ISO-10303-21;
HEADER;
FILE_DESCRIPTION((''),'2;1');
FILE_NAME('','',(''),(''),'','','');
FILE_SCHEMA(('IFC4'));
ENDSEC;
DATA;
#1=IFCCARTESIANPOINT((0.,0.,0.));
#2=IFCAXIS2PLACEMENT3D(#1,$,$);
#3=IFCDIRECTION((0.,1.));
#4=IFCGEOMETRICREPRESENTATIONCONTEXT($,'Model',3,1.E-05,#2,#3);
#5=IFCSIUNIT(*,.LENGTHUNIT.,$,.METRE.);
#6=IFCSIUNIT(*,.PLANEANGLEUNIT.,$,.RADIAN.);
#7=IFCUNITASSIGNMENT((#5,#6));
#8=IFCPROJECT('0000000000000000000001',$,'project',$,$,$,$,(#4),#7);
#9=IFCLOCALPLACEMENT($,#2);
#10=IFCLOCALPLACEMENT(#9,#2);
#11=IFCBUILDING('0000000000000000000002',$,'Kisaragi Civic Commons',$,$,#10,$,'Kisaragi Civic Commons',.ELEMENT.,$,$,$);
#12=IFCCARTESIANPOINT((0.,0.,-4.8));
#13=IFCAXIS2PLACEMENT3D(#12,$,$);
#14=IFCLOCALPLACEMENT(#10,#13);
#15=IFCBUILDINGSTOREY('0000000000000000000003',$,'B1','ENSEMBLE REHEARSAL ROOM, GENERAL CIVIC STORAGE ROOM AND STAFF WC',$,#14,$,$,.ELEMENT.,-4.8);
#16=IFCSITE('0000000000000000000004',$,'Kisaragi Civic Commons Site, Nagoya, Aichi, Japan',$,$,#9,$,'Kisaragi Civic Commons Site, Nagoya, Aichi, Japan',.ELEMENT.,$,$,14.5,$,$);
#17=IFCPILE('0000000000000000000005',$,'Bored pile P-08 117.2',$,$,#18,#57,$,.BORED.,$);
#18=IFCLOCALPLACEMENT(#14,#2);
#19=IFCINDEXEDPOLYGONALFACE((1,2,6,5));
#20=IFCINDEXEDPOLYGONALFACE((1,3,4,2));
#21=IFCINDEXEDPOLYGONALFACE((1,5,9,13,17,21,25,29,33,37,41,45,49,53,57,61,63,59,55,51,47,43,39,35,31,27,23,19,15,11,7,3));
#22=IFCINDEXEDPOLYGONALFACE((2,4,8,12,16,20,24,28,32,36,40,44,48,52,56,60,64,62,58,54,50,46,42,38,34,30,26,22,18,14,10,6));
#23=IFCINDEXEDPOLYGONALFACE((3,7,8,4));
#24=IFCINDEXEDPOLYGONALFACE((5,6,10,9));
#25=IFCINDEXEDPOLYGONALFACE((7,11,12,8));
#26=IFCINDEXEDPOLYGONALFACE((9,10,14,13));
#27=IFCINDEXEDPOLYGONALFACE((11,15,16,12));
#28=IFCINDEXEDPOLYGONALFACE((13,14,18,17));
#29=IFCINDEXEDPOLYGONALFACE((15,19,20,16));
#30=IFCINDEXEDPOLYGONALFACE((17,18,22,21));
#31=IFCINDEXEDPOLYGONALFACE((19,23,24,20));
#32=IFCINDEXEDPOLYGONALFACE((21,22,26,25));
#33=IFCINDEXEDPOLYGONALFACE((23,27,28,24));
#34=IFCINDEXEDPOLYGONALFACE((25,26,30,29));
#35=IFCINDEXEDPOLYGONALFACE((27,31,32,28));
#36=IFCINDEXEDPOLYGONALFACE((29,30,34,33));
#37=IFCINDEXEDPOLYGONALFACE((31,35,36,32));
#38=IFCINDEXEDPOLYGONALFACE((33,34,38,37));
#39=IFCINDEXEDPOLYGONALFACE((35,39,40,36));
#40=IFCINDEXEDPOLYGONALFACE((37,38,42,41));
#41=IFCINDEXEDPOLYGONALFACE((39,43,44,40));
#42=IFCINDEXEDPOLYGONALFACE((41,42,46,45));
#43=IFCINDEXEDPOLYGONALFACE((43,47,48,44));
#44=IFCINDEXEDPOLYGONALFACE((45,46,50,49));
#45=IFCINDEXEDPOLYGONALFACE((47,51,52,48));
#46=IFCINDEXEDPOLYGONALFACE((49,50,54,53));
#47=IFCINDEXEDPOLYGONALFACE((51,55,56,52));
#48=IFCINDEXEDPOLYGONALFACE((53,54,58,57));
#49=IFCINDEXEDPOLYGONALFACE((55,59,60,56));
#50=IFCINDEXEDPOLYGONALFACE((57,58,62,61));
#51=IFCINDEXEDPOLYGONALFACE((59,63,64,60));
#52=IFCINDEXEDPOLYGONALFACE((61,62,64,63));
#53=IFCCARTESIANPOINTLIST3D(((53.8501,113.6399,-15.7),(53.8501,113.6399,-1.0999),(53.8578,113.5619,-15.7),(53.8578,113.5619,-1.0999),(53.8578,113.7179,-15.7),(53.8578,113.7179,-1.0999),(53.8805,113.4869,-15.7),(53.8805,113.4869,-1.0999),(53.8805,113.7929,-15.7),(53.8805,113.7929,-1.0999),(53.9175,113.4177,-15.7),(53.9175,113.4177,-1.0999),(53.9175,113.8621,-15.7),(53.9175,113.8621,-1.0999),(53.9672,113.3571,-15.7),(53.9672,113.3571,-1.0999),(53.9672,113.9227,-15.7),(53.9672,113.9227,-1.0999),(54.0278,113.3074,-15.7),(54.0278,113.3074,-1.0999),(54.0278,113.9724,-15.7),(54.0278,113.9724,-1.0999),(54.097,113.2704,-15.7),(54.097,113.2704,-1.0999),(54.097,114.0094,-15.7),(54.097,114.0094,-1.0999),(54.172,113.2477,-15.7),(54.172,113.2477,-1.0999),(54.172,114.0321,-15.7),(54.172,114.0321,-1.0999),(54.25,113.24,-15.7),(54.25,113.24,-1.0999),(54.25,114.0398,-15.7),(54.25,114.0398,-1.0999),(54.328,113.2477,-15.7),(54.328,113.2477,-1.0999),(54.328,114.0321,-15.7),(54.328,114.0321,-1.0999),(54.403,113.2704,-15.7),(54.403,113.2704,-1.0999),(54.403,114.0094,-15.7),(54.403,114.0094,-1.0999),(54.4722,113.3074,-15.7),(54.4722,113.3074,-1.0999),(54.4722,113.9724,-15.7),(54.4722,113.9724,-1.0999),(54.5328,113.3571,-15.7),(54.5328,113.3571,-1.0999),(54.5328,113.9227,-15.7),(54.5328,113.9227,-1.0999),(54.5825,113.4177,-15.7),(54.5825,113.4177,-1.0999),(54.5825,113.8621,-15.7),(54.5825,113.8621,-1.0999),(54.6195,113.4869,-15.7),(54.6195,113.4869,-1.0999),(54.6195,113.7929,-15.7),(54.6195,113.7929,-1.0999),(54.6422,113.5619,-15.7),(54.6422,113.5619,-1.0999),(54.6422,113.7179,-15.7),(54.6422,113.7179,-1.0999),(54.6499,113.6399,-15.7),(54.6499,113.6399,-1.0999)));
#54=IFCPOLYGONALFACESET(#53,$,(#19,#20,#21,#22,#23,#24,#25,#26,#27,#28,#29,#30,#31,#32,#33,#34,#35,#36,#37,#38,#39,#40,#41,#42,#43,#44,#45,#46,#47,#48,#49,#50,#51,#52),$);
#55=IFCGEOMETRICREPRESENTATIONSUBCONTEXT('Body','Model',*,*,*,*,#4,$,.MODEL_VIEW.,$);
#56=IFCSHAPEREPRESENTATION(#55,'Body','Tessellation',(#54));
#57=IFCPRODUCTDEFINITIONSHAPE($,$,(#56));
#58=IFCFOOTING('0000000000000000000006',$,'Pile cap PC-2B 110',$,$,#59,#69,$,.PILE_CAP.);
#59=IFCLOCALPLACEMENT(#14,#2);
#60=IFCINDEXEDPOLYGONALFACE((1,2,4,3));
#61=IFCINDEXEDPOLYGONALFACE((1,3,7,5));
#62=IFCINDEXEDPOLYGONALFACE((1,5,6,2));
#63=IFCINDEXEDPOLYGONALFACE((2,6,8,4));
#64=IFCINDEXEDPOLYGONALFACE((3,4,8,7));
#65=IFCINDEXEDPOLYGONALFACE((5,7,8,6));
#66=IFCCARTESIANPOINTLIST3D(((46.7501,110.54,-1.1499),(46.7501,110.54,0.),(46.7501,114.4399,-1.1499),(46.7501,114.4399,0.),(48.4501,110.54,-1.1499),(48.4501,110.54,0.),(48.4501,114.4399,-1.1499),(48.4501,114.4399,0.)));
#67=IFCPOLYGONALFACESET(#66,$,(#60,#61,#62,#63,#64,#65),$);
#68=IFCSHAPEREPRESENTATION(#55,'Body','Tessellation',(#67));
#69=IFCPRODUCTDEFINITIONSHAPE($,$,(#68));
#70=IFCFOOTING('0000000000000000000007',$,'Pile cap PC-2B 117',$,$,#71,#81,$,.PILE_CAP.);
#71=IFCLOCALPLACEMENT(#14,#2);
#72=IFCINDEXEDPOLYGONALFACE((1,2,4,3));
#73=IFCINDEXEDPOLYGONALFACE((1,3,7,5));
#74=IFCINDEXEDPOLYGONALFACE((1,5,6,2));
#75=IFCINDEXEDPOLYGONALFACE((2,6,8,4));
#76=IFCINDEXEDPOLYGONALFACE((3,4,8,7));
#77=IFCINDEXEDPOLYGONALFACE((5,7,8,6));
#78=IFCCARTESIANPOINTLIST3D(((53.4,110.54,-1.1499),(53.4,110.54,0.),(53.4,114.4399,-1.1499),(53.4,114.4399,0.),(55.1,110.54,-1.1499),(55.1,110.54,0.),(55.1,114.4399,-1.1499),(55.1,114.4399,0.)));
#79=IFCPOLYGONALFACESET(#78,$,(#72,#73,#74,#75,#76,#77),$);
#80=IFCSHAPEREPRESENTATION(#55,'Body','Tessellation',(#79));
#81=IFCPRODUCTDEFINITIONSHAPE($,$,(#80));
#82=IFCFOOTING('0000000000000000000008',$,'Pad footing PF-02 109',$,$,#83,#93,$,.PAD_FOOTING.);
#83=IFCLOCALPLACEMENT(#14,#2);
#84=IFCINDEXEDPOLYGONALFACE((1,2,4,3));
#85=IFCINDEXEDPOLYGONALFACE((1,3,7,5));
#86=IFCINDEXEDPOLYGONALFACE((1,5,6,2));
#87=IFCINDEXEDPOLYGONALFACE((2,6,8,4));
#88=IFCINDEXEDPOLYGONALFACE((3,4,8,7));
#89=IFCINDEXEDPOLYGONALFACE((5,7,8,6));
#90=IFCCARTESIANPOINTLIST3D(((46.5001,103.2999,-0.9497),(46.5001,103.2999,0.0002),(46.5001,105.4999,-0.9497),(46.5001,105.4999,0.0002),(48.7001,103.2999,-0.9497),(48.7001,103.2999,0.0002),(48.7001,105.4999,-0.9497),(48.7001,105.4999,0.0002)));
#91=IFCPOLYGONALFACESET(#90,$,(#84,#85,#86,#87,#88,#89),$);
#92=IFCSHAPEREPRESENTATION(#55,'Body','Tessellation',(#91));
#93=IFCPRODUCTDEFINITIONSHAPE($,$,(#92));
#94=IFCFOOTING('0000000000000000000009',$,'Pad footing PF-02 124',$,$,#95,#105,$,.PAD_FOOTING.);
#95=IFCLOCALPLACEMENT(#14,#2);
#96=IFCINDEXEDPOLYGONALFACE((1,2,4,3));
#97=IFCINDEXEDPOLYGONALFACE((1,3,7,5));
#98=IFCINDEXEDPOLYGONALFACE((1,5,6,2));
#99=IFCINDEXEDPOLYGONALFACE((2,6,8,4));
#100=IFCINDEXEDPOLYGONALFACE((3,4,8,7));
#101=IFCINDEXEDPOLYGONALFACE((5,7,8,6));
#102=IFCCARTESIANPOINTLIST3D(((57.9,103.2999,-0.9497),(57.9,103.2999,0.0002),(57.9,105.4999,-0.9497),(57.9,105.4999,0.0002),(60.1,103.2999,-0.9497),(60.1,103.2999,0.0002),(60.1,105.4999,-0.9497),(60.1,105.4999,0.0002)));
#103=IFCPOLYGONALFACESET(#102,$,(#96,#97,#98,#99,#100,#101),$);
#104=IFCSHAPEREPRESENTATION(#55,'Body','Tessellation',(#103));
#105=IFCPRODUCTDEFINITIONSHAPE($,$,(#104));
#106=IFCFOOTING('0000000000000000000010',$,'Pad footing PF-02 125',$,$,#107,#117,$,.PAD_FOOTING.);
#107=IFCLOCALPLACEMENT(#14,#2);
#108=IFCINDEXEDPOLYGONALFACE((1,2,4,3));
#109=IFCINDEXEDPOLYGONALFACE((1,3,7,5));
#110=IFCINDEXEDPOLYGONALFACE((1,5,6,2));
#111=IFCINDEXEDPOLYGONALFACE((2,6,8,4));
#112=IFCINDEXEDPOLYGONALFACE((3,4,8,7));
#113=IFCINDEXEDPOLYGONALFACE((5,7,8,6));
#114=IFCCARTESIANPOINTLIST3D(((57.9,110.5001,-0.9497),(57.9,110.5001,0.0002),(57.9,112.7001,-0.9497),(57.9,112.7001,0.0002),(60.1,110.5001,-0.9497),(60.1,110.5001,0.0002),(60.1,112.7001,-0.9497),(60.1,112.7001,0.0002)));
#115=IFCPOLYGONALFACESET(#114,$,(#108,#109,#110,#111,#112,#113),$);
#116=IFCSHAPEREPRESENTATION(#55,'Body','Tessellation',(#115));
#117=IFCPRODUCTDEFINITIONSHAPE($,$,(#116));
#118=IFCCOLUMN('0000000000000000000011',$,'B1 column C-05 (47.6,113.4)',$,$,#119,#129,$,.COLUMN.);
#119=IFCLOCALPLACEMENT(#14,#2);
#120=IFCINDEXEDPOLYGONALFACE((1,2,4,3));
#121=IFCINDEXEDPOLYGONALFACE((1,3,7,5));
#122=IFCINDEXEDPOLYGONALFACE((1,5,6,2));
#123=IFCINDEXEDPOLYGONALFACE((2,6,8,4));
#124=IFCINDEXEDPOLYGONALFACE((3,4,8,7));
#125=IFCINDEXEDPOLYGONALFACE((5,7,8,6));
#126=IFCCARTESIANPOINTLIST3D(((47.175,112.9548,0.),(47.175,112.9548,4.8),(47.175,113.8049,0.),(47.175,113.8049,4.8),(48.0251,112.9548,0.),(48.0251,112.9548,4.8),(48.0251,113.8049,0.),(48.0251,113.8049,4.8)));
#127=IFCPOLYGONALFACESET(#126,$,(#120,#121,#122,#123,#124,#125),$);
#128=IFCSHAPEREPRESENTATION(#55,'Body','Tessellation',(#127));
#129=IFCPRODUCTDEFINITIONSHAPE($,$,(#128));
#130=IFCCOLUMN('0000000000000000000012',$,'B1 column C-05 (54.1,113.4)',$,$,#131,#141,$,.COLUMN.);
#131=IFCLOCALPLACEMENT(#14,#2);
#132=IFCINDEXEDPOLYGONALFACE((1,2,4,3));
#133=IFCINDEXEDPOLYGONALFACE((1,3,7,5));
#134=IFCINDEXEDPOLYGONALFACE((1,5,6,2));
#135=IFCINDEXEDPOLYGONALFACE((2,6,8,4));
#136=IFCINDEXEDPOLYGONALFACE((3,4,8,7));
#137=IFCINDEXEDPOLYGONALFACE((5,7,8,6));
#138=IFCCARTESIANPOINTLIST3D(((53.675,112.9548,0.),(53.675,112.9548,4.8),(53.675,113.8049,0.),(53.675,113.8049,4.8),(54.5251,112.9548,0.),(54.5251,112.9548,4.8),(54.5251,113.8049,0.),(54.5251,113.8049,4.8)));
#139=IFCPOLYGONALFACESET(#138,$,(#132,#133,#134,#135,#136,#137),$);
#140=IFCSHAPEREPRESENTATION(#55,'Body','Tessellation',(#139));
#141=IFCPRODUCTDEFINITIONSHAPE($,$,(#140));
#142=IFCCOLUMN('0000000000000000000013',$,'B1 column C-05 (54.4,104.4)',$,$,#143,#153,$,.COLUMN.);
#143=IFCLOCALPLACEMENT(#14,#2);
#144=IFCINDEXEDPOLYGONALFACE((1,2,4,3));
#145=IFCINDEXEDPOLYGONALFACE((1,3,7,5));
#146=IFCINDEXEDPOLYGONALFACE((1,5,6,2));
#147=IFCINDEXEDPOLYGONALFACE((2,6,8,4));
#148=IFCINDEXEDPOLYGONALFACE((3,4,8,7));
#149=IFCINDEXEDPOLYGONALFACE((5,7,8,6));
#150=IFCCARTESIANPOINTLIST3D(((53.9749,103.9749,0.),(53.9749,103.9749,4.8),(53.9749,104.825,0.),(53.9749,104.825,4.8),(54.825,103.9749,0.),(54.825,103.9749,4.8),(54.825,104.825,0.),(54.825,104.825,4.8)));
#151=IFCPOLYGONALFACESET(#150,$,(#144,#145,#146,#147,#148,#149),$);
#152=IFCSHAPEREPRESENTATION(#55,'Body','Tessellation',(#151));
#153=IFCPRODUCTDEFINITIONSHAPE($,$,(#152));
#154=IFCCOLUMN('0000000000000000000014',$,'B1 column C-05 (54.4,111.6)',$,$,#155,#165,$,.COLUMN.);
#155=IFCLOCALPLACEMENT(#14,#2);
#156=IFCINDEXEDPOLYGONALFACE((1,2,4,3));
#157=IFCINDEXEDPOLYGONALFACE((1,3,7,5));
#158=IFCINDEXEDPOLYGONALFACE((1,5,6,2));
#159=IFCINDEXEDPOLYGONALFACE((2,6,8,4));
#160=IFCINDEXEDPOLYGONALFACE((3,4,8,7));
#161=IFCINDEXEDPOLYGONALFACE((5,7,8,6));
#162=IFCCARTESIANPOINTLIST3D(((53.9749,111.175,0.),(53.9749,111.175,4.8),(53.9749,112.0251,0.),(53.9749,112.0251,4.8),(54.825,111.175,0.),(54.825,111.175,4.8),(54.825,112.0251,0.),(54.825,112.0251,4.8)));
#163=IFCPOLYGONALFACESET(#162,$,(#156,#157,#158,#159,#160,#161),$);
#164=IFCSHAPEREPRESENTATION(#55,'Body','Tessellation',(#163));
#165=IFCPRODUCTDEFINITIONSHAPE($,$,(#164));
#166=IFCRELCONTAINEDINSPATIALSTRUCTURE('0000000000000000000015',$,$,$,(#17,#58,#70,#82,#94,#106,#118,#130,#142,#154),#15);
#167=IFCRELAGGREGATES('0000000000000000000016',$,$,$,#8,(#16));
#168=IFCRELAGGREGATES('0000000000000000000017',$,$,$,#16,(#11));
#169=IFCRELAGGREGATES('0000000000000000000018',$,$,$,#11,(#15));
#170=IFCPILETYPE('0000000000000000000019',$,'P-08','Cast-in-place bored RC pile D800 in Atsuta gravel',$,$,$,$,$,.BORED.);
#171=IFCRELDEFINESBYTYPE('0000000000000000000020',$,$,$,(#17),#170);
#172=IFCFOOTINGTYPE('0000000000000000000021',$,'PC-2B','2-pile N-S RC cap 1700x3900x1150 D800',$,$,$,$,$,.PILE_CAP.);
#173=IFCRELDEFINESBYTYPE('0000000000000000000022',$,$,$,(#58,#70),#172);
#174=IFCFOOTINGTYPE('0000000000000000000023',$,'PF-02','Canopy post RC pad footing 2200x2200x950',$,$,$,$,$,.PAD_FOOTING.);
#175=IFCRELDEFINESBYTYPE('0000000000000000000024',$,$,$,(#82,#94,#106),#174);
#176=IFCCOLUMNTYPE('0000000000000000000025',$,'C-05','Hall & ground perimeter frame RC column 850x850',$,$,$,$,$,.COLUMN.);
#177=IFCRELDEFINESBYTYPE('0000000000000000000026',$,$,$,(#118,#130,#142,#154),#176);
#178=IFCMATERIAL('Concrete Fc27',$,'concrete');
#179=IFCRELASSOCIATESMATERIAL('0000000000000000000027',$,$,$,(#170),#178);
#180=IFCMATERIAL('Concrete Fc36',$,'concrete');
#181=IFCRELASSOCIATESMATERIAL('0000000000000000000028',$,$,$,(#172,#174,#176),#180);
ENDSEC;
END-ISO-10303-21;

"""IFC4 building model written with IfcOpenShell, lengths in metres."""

from ifc_helpers import new_model, si_unit, direction, frame, origin, origin_2d, place, context, subcontext, project, spatial, rectangle, circle, extrude, material, material_profile, profile_set, type_object, element, save


model = new_model("IFC4")

# Units and contexts
model_context = context("Model", 3, precision=1e-05, world=origin(), true_north=direction((0.0, 1.0)))
body_context = subcontext(model_context, "Body", "Model", "MODEL_VIEW")
ifc_project = project(units=[si_unit("LENGTHUNIT", "METRE"), si_unit("PLANEANGLEUNIT", "RADIAN")], contexts=[model_context])

# Site, building, storey
site_placement = place(None, origin())
site = spatial("IfcSite", under=ifc_project, at=site_placement, Name="Kisaragi Civic Commons Site, Nagoya, Aichi, Japan", LongName="Kisaragi Civic Commons Site, Nagoya, Aichi, Japan", CompositionType="ELEMENT", RefElevation=14.5)
building_placement = place(site_placement, origin())
building = spatial("IfcBuilding", under=site, at=building_placement, Name="Kisaragi Civic Commons", LongName="Kisaragi Civic Commons", CompositionType="ELEMENT")
storey_placement = place(building_placement, frame((0.0, 0.0, -4.8)))
storey = spatial("IfcBuildingStorey", under=building, at=storey_placement, Name="B1", Description="ENSEMBLE REHEARSAL ROOM, GENERAL CIVIC STORAGE ROOM AND STAFF WC", CompositionType="ELEMENT", Elevation=-4.8)

# Shared definitions
ifc_material_1 = material(Name="Concrete Fc27", Category="concrete")

# Pile
ifc_material_profile_1 = material_profile(ifc_material_1, circle(Radius=0.3999, at=origin_2d()), Name="PILE-D800", Category="concrete")
ifc_profile_set_1 = profile_set([ifc_material_profile_1], Name="Concrete Fc27")
pile_type = type_object("IfcPileType", Name="P-08", Description="Cast-in-place bored RC pile D800 in Atsuta gravel", PredefinedType="BORED", material=ifc_profile_set_1)
for number, where, z_axis, x_axis, name in (
    (1, (54.25, 113.6399, -1.0999), (0.0, 0.0, -1.0), (1.0, 0.0, 0.0), "Bored pile P-08 117.2"),
):
    element("IfcPile", number, at=place(storey_placement, frame(where, z_axis=z_axis, x_axis=x_axis)), inside=storey, type_object=pile_type, Name=name, PredefinedType="BORED", context=body_context, shape_type="SweptSolid", body=[
        extrude(circle(Radius=0.3999, at=origin_2d()), origin(), (0.0, 0.0, 1.0), 14.6001),
    ])

# Footings
ifc_material_2 = material(Name="Concrete Fc36", Category="concrete")
footing_type_1 = type_object("IfcFootingType", Name="PC-2B", Description="2-pile N-S RC cap 1700x3900x1150 D800", PredefinedType="PILE_CAP", material=ifc_material_2)
for number, where, z_axis, x_axis, name in (
    (2, (47.6001, 112.49, -1.1499), (0.0, 0.0, 1.0), (1.0, 0.0, 0.0), "Pile cap PC-2B 110"),
    (3, (54.25, 112.49, -1.1499), (0.0, 0.0, 1.0), (1.0, 0.0, 0.0), "Pile cap PC-2B 117"),
):
    element("IfcFooting", number, at=place(storey_placement, frame(where, z_axis=z_axis, x_axis=x_axis)), inside=storey, type_object=footing_type_1, Name=name, PredefinedType="PILE_CAP", context=body_context, shape_type="SweptSolid", body=[
        extrude(rectangle(XDim=1.7, YDim=3.8999, at=origin_2d()), origin(), (0.0, 0.0, 1.0), 1.1499),
    ])
footing_type_2 = type_object("IfcFootingType", Name="PF-02", Description="Canopy post RC pad footing 2200x2200x950", PredefinedType="PAD_FOOTING", material=ifc_material_2)
for number, where, z_axis, x_axis, name in (
    (4, (47.6001, 104.3999, -0.9497), (0.0, 0.0, 1.0), (1.0, 0.0, 0.0), "Pad footing PF-02 109"),
    (5, (59.0, 104.3999, -0.9497), (0.0, 0.0, 1.0), (1.0, 0.0, 0.0), "Pad footing PF-02 124"),
    (6, (59.0, 111.6001, -0.9497), (0.0, 0.0, 1.0), (1.0, 0.0, 0.0), "Pad footing PF-02 125"),
):
    element("IfcFooting", number, at=place(storey_placement, frame(where, z_axis=z_axis, x_axis=x_axis)), inside=storey, type_object=footing_type_2, Name=name, PredefinedType="PAD_FOOTING", context=body_context, shape_type="SweptSolid", body=[
        extrude(rectangle(XDim=2.2, YDim=2.2, at=origin_2d()), origin(), (0.0, 0.0, 1.0), 0.95),
    ])

# Columns
ifc_material_profile_2 = material_profile(ifc_material_2, rectangle(XDim=0.8501, YDim=0.8501, at=origin_2d()), Name="RC-850x850", Category="concrete")
ifc_profile_set_2 = profile_set([ifc_material_profile_2], Name="Concrete Fc36")
column_type_1 = type_object("IfcColumnType", Name="C-05", Description="Hall & ground perimeter frame RC column 850x850", PredefinedType="COLUMN", material=ifc_profile_set_2)
for number, where, z_axis, x_axis, name in (
    (7, (47.6001, 113.3799, 0.0), (0.0, 0.0, 1.0), (1.0, 0.0, 0.0), "B1 column C-05 (47.6,113.4)"),
    (8, (54.1001, 113.3799, 0.0), (0.0, 0.0, 1.0), (1.0, 0.0, 0.0), "B1 column C-05 (54.1,113.4)"),
    (9, (54.3999, 104.3999, 0.0), (0.0, 0.0, 1.0), (1.0, 0.0, 0.0), "B1 column C-05 (54.4,104.4)"),
    (10, (54.3999, 111.6001, 0.0), (0.0, 0.0, 1.0), (1.0, 0.0, 0.0), "B1 column C-05 (54.4,111.6)"),
):
    element("IfcColumn", number, at=place(storey_placement, frame(where, z_axis=z_axis, x_axis=x_axis)), inside=storey, type_object=column_type_1, Name=name, PredefinedType="COLUMN", context=body_context, shape_type="SweptSolid", body=[
        extrude(rectangle(XDim=0.8501, YDim=0.8501, at=origin_2d()), origin(), (0.0, 0.0, 1.0), 4.8),
    ])

save(model, "model.ifc")
